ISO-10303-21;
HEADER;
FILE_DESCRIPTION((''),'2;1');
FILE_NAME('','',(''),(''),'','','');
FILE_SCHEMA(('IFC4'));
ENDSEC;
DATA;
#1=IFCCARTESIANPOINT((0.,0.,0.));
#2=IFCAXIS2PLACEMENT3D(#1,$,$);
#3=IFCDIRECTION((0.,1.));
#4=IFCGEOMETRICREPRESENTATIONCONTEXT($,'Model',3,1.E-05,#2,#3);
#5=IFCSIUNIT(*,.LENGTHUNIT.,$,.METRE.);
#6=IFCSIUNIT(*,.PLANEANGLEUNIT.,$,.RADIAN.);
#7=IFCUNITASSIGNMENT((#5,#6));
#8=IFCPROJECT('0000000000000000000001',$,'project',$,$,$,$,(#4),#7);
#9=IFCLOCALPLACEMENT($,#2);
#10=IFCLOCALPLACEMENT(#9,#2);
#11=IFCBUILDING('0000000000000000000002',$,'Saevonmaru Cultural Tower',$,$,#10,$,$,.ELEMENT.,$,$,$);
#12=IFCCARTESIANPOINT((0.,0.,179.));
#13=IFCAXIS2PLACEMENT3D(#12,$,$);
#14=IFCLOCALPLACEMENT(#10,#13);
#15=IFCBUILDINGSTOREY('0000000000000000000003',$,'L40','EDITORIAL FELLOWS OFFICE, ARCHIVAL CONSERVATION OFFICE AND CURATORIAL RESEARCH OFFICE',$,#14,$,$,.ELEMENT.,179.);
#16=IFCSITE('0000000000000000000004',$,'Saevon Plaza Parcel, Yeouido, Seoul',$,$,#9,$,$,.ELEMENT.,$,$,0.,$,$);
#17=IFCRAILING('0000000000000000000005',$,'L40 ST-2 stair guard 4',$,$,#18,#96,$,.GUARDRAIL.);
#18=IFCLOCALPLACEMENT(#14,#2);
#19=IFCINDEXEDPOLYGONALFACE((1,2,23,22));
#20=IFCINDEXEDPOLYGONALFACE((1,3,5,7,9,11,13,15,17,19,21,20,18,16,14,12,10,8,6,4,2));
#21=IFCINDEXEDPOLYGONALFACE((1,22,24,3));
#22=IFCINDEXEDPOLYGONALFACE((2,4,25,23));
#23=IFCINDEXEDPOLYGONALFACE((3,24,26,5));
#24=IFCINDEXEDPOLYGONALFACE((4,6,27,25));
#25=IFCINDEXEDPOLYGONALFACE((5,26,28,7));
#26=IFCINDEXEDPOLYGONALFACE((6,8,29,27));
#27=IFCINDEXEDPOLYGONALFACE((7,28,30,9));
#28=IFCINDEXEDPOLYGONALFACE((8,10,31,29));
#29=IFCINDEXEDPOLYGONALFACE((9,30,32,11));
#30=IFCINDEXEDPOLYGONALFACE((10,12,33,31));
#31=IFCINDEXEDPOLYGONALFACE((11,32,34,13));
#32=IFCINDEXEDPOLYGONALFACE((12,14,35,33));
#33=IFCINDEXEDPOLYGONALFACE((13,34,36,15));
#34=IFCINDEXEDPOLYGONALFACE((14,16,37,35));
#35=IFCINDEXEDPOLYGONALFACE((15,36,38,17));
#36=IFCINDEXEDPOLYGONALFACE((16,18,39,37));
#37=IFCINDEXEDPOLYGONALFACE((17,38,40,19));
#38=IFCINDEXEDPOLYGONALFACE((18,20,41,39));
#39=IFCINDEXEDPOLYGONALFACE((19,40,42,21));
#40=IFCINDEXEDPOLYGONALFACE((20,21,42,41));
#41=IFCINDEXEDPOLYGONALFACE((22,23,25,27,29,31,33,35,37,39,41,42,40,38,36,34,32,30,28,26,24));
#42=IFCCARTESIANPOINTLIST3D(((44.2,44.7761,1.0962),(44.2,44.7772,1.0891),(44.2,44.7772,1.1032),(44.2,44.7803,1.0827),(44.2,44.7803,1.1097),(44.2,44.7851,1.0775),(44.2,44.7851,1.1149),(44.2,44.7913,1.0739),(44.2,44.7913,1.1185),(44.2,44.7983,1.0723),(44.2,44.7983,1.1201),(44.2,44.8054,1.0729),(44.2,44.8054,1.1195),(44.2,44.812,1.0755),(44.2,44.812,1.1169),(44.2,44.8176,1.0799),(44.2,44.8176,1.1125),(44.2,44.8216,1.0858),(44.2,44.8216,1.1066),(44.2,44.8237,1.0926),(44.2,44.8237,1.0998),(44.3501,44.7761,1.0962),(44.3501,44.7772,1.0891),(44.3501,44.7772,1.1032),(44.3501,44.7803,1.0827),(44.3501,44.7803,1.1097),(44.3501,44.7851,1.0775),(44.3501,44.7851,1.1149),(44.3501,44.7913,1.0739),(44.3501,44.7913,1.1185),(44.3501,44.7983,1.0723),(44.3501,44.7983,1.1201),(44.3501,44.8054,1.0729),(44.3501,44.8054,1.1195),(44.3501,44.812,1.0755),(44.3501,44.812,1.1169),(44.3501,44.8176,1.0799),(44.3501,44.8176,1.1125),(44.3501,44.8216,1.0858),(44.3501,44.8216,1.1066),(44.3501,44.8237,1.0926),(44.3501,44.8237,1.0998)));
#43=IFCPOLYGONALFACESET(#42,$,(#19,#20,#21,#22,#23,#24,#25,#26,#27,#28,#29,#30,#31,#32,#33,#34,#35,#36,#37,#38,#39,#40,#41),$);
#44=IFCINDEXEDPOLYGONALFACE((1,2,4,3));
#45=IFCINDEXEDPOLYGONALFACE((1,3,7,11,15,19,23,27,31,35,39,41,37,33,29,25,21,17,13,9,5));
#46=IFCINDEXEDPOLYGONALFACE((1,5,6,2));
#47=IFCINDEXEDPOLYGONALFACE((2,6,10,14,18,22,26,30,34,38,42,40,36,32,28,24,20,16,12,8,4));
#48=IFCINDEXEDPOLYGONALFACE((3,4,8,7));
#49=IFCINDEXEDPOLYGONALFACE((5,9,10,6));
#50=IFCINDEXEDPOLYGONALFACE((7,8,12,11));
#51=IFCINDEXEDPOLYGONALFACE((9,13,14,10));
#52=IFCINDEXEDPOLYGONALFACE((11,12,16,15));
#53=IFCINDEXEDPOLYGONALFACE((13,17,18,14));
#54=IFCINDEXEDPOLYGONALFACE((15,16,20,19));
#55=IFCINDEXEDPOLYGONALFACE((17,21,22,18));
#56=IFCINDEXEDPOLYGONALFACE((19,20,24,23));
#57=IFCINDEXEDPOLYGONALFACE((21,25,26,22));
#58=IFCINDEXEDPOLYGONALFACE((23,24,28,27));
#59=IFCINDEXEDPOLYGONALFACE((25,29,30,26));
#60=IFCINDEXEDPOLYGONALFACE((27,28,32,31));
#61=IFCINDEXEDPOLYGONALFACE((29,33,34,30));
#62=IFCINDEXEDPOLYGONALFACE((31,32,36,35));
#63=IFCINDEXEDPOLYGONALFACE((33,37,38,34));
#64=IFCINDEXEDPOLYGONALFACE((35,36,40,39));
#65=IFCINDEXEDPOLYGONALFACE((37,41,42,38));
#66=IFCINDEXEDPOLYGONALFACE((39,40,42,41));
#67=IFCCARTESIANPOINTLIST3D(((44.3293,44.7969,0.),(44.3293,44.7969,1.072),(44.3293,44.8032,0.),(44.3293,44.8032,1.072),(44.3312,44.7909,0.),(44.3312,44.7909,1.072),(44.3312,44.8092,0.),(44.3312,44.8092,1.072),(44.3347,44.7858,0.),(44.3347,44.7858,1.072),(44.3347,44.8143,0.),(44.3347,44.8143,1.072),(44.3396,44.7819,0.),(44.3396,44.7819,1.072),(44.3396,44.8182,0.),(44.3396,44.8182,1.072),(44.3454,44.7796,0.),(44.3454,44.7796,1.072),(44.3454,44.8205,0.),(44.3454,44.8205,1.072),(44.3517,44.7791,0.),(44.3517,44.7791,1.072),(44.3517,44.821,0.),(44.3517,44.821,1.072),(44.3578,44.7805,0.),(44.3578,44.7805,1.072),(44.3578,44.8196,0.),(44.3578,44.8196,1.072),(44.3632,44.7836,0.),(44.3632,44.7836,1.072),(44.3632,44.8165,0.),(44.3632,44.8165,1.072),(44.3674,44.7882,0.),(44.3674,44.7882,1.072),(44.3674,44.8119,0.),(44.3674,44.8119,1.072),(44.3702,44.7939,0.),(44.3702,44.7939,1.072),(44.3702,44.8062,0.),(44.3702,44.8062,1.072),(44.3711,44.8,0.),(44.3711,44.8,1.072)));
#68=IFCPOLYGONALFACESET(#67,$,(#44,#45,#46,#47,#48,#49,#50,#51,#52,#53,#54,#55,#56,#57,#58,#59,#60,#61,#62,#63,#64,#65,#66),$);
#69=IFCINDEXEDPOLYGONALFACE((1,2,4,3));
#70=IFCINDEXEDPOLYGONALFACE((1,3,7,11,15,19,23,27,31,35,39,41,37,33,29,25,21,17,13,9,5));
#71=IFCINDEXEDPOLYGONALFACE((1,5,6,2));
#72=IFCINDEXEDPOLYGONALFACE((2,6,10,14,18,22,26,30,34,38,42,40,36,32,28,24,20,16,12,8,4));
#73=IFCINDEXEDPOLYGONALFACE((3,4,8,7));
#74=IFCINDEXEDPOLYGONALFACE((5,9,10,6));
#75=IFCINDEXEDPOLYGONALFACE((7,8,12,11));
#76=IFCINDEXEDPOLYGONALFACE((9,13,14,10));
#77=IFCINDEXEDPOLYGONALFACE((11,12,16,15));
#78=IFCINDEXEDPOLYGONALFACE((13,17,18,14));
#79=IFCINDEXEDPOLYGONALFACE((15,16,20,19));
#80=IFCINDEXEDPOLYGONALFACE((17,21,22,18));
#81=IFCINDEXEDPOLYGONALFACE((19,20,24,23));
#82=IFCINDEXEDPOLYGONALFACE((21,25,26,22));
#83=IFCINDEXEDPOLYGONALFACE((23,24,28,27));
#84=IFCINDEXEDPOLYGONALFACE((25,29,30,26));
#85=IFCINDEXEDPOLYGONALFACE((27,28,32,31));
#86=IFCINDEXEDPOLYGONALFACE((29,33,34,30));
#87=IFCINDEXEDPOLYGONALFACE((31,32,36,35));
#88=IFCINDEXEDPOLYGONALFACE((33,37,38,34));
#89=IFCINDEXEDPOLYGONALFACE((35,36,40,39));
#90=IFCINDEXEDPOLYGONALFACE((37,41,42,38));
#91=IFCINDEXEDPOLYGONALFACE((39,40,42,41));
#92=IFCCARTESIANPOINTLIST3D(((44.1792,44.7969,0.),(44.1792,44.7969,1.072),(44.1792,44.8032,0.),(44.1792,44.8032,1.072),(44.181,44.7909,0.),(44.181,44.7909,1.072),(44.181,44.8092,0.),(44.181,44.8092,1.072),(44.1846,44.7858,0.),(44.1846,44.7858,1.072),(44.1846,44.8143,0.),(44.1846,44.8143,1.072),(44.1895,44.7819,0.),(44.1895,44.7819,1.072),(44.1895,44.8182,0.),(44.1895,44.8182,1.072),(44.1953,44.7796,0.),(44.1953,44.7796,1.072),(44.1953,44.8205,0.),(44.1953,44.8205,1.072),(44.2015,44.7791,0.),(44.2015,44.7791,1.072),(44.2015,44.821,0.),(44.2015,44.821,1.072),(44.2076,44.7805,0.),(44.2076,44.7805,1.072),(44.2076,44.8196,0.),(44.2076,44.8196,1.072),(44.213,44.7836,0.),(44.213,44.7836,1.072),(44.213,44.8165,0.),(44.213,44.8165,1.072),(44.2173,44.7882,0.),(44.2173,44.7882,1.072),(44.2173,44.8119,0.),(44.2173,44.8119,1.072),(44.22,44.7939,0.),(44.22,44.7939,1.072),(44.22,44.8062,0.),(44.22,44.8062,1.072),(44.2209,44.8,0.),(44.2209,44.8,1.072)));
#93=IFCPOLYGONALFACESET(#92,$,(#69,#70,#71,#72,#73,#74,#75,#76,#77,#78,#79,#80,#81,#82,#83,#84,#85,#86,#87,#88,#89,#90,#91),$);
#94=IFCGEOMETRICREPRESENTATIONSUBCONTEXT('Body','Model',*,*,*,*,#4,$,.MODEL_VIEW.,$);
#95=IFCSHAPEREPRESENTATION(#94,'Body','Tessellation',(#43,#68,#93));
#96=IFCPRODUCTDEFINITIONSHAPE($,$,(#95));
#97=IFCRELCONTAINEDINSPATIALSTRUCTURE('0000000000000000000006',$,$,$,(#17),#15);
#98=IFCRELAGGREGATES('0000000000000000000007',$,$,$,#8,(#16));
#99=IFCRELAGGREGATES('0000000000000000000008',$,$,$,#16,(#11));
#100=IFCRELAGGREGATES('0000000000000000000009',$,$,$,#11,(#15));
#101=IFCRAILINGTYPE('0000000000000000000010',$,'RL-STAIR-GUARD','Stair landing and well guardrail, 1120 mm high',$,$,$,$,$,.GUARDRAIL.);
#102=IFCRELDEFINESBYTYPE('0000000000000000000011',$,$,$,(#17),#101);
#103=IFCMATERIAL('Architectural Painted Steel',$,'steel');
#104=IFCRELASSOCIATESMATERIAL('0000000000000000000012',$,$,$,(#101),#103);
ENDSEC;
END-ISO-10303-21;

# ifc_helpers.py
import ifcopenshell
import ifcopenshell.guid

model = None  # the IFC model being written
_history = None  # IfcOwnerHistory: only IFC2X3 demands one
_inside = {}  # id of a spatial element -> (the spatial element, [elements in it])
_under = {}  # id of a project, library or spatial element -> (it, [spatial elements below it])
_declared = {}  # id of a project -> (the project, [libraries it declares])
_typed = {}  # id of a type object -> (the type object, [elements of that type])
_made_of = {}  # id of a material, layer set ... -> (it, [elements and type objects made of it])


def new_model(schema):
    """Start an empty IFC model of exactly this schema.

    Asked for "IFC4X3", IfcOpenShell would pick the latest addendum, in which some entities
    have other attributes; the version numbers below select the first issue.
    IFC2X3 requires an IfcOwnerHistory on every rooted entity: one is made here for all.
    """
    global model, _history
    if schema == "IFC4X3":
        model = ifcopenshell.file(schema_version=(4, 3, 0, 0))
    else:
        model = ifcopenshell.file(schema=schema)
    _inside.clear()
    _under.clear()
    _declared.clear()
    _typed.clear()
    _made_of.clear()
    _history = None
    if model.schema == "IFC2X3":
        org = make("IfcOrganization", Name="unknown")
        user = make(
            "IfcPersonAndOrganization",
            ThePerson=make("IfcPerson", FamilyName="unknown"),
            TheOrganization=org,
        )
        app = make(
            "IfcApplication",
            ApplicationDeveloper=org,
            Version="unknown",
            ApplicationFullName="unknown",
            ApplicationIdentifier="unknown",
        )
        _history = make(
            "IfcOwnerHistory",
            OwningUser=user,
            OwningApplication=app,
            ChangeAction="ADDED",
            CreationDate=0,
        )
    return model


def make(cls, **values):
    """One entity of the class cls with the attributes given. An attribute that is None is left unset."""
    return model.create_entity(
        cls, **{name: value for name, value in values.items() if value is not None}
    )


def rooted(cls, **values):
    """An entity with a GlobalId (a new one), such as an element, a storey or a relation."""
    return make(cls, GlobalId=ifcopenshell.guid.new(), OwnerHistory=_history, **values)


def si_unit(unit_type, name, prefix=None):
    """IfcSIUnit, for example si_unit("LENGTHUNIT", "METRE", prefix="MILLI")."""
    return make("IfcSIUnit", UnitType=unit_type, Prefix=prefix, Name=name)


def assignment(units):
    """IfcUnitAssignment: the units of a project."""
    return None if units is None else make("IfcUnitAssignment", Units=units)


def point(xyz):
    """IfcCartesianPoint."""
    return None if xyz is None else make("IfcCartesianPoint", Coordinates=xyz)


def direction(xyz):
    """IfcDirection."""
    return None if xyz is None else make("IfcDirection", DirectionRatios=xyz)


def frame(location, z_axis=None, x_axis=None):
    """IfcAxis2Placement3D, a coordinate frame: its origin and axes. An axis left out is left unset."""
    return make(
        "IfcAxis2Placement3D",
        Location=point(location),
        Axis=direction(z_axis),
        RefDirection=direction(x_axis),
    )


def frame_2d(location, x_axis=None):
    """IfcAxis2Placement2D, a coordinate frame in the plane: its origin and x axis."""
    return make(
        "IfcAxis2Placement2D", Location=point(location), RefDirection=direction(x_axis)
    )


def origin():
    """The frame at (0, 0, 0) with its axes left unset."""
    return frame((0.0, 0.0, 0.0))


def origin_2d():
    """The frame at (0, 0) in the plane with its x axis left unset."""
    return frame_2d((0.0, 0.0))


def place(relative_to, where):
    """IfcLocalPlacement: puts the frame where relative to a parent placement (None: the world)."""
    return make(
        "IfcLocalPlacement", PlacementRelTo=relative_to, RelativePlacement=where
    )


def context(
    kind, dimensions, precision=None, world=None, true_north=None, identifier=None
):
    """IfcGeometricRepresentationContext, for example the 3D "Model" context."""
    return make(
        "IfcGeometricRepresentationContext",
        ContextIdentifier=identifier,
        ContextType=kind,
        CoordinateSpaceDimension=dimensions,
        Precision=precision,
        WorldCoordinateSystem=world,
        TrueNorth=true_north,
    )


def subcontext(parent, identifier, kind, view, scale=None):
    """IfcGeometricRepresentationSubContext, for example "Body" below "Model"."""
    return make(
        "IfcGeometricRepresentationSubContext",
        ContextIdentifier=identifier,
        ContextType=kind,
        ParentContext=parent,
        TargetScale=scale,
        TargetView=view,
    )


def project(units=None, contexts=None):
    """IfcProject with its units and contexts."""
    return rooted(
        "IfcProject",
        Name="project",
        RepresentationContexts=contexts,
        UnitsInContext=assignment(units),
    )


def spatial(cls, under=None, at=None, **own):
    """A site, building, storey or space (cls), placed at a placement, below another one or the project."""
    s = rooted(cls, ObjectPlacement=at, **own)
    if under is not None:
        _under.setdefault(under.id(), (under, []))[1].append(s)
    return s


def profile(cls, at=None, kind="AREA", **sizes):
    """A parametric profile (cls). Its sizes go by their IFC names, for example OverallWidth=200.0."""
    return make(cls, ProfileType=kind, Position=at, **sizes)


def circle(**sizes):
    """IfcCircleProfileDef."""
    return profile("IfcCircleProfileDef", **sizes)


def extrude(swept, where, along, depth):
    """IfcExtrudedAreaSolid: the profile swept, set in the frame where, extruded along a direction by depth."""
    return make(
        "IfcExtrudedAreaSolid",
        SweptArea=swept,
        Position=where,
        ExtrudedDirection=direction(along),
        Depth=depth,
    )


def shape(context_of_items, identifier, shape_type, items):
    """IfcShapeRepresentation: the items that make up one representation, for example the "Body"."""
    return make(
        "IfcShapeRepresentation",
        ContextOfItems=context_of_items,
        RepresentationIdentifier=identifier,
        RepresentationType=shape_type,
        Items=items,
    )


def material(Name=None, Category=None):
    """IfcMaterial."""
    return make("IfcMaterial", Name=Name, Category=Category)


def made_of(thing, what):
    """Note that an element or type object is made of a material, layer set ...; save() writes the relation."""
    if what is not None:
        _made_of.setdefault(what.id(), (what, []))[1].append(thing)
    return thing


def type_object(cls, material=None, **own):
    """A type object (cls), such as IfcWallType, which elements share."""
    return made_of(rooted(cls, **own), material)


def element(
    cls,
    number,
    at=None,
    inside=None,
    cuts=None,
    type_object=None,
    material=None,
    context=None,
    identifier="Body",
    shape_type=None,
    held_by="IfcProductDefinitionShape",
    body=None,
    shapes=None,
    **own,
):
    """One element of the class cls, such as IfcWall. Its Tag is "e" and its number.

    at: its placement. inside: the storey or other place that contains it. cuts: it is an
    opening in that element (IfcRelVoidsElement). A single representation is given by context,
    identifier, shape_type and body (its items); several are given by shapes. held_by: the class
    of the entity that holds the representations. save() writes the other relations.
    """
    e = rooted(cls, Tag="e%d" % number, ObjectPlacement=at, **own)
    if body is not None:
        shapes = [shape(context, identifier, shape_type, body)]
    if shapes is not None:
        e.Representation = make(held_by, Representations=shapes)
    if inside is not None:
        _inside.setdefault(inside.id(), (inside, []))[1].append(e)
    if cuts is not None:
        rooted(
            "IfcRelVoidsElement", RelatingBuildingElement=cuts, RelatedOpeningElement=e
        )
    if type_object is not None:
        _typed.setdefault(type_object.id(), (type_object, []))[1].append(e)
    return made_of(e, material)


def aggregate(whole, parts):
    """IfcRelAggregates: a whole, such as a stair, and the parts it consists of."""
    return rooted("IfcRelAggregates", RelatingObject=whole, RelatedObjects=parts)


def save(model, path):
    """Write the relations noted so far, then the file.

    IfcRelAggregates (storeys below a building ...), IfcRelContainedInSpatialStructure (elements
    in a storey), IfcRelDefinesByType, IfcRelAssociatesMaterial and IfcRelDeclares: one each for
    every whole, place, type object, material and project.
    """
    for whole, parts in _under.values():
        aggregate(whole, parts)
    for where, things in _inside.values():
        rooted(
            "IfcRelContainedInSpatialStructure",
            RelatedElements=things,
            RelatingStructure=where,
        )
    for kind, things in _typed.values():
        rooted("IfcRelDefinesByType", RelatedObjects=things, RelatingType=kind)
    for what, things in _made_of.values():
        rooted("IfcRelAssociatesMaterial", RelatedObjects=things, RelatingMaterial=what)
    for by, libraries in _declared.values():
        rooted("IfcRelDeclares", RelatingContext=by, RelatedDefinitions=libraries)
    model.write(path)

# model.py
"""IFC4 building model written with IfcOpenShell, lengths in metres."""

from ifc_helpers import new_model, si_unit, direction, frame, origin, origin_2d, place, context, subcontext, project, spatial, circle, extrude, material, type_object, element, save


model = new_model("IFC4")

# Units and contexts
model_context = context("Model", 3, precision=1e-05, world=origin(), true_north=direction((0.0, 1.0)))
body_context = subcontext(model_context, "Body", "Model", "MODEL_VIEW")
ifc_project = project(units=[si_unit("LENGTHUNIT", "METRE"), si_unit("PLANEANGLEUNIT", "RADIAN")], contexts=[model_context])

# Site, building, storey
site_placement = place(None, origin())
site = spatial("IfcSite", under=ifc_project, at=site_placement, Name="Saevon Plaza Parcel, Yeouido, Seoul", CompositionType="ELEMENT", RefElevation=0.0)
building_placement = place(site_placement, origin())
building = spatial("IfcBuilding", under=site, at=building_placement, Name="Saevonmaru Cultural Tower", CompositionType="ELEMENT")
storey_placement = place(building_placement, frame((0.0, 0.0, 179.0)))
storey = spatial("IfcBuildingStorey", under=building, at=storey_placement, Name="L40", Description="EDITORIAL FELLOWS OFFICE, ARCHIVAL CONSERVATION OFFICE AND CURATORIAL RESEARCH OFFICE", CompositionType="ELEMENT", Elevation=179.0)

# Railing
ifc_material_1 = material(Name="Architectural Painted Steel", Category="steel")
railing_type_1 = type_object("IfcRailingType", Name="RL-STAIR-GUARD", Description="Stair landing and well guardrail, 1120 mm high", PredefinedType="GUARDRAIL", material=ifc_material_1)
railing_1_placement = place(storey_placement, frame((44.3501, 44.8, 0.0)))
element("IfcRailing", 1, at=railing_1_placement, inside=storey, type_object=railing_type_1, Name="L40 ST-2 stair guard 4", PredefinedType="GUARDRAIL", context=body_context, shape_type="SweptSolid", body=[
    extrude(circle(Radius=0.0239, at=origin_2d()), frame((0.0, 0.0, 1.0962), z_axis=(-1.0, 0.0, 0.0), x_axis=(0.0, -1.0, 0.0)), (0.0, 0.0, 1.0), 0.1501),
    extrude(circle(Radius=0.021, at=origin_2d()), origin(), (0.0, 0.0, 1.0), 1.072),
    extrude(circle(Radius=0.021, at=origin_2d()), frame((-0.1501, 0.0, 0.0)), (0.0, 0.0, 1.0), 1.072),
])

save(model, "model.ifc")
